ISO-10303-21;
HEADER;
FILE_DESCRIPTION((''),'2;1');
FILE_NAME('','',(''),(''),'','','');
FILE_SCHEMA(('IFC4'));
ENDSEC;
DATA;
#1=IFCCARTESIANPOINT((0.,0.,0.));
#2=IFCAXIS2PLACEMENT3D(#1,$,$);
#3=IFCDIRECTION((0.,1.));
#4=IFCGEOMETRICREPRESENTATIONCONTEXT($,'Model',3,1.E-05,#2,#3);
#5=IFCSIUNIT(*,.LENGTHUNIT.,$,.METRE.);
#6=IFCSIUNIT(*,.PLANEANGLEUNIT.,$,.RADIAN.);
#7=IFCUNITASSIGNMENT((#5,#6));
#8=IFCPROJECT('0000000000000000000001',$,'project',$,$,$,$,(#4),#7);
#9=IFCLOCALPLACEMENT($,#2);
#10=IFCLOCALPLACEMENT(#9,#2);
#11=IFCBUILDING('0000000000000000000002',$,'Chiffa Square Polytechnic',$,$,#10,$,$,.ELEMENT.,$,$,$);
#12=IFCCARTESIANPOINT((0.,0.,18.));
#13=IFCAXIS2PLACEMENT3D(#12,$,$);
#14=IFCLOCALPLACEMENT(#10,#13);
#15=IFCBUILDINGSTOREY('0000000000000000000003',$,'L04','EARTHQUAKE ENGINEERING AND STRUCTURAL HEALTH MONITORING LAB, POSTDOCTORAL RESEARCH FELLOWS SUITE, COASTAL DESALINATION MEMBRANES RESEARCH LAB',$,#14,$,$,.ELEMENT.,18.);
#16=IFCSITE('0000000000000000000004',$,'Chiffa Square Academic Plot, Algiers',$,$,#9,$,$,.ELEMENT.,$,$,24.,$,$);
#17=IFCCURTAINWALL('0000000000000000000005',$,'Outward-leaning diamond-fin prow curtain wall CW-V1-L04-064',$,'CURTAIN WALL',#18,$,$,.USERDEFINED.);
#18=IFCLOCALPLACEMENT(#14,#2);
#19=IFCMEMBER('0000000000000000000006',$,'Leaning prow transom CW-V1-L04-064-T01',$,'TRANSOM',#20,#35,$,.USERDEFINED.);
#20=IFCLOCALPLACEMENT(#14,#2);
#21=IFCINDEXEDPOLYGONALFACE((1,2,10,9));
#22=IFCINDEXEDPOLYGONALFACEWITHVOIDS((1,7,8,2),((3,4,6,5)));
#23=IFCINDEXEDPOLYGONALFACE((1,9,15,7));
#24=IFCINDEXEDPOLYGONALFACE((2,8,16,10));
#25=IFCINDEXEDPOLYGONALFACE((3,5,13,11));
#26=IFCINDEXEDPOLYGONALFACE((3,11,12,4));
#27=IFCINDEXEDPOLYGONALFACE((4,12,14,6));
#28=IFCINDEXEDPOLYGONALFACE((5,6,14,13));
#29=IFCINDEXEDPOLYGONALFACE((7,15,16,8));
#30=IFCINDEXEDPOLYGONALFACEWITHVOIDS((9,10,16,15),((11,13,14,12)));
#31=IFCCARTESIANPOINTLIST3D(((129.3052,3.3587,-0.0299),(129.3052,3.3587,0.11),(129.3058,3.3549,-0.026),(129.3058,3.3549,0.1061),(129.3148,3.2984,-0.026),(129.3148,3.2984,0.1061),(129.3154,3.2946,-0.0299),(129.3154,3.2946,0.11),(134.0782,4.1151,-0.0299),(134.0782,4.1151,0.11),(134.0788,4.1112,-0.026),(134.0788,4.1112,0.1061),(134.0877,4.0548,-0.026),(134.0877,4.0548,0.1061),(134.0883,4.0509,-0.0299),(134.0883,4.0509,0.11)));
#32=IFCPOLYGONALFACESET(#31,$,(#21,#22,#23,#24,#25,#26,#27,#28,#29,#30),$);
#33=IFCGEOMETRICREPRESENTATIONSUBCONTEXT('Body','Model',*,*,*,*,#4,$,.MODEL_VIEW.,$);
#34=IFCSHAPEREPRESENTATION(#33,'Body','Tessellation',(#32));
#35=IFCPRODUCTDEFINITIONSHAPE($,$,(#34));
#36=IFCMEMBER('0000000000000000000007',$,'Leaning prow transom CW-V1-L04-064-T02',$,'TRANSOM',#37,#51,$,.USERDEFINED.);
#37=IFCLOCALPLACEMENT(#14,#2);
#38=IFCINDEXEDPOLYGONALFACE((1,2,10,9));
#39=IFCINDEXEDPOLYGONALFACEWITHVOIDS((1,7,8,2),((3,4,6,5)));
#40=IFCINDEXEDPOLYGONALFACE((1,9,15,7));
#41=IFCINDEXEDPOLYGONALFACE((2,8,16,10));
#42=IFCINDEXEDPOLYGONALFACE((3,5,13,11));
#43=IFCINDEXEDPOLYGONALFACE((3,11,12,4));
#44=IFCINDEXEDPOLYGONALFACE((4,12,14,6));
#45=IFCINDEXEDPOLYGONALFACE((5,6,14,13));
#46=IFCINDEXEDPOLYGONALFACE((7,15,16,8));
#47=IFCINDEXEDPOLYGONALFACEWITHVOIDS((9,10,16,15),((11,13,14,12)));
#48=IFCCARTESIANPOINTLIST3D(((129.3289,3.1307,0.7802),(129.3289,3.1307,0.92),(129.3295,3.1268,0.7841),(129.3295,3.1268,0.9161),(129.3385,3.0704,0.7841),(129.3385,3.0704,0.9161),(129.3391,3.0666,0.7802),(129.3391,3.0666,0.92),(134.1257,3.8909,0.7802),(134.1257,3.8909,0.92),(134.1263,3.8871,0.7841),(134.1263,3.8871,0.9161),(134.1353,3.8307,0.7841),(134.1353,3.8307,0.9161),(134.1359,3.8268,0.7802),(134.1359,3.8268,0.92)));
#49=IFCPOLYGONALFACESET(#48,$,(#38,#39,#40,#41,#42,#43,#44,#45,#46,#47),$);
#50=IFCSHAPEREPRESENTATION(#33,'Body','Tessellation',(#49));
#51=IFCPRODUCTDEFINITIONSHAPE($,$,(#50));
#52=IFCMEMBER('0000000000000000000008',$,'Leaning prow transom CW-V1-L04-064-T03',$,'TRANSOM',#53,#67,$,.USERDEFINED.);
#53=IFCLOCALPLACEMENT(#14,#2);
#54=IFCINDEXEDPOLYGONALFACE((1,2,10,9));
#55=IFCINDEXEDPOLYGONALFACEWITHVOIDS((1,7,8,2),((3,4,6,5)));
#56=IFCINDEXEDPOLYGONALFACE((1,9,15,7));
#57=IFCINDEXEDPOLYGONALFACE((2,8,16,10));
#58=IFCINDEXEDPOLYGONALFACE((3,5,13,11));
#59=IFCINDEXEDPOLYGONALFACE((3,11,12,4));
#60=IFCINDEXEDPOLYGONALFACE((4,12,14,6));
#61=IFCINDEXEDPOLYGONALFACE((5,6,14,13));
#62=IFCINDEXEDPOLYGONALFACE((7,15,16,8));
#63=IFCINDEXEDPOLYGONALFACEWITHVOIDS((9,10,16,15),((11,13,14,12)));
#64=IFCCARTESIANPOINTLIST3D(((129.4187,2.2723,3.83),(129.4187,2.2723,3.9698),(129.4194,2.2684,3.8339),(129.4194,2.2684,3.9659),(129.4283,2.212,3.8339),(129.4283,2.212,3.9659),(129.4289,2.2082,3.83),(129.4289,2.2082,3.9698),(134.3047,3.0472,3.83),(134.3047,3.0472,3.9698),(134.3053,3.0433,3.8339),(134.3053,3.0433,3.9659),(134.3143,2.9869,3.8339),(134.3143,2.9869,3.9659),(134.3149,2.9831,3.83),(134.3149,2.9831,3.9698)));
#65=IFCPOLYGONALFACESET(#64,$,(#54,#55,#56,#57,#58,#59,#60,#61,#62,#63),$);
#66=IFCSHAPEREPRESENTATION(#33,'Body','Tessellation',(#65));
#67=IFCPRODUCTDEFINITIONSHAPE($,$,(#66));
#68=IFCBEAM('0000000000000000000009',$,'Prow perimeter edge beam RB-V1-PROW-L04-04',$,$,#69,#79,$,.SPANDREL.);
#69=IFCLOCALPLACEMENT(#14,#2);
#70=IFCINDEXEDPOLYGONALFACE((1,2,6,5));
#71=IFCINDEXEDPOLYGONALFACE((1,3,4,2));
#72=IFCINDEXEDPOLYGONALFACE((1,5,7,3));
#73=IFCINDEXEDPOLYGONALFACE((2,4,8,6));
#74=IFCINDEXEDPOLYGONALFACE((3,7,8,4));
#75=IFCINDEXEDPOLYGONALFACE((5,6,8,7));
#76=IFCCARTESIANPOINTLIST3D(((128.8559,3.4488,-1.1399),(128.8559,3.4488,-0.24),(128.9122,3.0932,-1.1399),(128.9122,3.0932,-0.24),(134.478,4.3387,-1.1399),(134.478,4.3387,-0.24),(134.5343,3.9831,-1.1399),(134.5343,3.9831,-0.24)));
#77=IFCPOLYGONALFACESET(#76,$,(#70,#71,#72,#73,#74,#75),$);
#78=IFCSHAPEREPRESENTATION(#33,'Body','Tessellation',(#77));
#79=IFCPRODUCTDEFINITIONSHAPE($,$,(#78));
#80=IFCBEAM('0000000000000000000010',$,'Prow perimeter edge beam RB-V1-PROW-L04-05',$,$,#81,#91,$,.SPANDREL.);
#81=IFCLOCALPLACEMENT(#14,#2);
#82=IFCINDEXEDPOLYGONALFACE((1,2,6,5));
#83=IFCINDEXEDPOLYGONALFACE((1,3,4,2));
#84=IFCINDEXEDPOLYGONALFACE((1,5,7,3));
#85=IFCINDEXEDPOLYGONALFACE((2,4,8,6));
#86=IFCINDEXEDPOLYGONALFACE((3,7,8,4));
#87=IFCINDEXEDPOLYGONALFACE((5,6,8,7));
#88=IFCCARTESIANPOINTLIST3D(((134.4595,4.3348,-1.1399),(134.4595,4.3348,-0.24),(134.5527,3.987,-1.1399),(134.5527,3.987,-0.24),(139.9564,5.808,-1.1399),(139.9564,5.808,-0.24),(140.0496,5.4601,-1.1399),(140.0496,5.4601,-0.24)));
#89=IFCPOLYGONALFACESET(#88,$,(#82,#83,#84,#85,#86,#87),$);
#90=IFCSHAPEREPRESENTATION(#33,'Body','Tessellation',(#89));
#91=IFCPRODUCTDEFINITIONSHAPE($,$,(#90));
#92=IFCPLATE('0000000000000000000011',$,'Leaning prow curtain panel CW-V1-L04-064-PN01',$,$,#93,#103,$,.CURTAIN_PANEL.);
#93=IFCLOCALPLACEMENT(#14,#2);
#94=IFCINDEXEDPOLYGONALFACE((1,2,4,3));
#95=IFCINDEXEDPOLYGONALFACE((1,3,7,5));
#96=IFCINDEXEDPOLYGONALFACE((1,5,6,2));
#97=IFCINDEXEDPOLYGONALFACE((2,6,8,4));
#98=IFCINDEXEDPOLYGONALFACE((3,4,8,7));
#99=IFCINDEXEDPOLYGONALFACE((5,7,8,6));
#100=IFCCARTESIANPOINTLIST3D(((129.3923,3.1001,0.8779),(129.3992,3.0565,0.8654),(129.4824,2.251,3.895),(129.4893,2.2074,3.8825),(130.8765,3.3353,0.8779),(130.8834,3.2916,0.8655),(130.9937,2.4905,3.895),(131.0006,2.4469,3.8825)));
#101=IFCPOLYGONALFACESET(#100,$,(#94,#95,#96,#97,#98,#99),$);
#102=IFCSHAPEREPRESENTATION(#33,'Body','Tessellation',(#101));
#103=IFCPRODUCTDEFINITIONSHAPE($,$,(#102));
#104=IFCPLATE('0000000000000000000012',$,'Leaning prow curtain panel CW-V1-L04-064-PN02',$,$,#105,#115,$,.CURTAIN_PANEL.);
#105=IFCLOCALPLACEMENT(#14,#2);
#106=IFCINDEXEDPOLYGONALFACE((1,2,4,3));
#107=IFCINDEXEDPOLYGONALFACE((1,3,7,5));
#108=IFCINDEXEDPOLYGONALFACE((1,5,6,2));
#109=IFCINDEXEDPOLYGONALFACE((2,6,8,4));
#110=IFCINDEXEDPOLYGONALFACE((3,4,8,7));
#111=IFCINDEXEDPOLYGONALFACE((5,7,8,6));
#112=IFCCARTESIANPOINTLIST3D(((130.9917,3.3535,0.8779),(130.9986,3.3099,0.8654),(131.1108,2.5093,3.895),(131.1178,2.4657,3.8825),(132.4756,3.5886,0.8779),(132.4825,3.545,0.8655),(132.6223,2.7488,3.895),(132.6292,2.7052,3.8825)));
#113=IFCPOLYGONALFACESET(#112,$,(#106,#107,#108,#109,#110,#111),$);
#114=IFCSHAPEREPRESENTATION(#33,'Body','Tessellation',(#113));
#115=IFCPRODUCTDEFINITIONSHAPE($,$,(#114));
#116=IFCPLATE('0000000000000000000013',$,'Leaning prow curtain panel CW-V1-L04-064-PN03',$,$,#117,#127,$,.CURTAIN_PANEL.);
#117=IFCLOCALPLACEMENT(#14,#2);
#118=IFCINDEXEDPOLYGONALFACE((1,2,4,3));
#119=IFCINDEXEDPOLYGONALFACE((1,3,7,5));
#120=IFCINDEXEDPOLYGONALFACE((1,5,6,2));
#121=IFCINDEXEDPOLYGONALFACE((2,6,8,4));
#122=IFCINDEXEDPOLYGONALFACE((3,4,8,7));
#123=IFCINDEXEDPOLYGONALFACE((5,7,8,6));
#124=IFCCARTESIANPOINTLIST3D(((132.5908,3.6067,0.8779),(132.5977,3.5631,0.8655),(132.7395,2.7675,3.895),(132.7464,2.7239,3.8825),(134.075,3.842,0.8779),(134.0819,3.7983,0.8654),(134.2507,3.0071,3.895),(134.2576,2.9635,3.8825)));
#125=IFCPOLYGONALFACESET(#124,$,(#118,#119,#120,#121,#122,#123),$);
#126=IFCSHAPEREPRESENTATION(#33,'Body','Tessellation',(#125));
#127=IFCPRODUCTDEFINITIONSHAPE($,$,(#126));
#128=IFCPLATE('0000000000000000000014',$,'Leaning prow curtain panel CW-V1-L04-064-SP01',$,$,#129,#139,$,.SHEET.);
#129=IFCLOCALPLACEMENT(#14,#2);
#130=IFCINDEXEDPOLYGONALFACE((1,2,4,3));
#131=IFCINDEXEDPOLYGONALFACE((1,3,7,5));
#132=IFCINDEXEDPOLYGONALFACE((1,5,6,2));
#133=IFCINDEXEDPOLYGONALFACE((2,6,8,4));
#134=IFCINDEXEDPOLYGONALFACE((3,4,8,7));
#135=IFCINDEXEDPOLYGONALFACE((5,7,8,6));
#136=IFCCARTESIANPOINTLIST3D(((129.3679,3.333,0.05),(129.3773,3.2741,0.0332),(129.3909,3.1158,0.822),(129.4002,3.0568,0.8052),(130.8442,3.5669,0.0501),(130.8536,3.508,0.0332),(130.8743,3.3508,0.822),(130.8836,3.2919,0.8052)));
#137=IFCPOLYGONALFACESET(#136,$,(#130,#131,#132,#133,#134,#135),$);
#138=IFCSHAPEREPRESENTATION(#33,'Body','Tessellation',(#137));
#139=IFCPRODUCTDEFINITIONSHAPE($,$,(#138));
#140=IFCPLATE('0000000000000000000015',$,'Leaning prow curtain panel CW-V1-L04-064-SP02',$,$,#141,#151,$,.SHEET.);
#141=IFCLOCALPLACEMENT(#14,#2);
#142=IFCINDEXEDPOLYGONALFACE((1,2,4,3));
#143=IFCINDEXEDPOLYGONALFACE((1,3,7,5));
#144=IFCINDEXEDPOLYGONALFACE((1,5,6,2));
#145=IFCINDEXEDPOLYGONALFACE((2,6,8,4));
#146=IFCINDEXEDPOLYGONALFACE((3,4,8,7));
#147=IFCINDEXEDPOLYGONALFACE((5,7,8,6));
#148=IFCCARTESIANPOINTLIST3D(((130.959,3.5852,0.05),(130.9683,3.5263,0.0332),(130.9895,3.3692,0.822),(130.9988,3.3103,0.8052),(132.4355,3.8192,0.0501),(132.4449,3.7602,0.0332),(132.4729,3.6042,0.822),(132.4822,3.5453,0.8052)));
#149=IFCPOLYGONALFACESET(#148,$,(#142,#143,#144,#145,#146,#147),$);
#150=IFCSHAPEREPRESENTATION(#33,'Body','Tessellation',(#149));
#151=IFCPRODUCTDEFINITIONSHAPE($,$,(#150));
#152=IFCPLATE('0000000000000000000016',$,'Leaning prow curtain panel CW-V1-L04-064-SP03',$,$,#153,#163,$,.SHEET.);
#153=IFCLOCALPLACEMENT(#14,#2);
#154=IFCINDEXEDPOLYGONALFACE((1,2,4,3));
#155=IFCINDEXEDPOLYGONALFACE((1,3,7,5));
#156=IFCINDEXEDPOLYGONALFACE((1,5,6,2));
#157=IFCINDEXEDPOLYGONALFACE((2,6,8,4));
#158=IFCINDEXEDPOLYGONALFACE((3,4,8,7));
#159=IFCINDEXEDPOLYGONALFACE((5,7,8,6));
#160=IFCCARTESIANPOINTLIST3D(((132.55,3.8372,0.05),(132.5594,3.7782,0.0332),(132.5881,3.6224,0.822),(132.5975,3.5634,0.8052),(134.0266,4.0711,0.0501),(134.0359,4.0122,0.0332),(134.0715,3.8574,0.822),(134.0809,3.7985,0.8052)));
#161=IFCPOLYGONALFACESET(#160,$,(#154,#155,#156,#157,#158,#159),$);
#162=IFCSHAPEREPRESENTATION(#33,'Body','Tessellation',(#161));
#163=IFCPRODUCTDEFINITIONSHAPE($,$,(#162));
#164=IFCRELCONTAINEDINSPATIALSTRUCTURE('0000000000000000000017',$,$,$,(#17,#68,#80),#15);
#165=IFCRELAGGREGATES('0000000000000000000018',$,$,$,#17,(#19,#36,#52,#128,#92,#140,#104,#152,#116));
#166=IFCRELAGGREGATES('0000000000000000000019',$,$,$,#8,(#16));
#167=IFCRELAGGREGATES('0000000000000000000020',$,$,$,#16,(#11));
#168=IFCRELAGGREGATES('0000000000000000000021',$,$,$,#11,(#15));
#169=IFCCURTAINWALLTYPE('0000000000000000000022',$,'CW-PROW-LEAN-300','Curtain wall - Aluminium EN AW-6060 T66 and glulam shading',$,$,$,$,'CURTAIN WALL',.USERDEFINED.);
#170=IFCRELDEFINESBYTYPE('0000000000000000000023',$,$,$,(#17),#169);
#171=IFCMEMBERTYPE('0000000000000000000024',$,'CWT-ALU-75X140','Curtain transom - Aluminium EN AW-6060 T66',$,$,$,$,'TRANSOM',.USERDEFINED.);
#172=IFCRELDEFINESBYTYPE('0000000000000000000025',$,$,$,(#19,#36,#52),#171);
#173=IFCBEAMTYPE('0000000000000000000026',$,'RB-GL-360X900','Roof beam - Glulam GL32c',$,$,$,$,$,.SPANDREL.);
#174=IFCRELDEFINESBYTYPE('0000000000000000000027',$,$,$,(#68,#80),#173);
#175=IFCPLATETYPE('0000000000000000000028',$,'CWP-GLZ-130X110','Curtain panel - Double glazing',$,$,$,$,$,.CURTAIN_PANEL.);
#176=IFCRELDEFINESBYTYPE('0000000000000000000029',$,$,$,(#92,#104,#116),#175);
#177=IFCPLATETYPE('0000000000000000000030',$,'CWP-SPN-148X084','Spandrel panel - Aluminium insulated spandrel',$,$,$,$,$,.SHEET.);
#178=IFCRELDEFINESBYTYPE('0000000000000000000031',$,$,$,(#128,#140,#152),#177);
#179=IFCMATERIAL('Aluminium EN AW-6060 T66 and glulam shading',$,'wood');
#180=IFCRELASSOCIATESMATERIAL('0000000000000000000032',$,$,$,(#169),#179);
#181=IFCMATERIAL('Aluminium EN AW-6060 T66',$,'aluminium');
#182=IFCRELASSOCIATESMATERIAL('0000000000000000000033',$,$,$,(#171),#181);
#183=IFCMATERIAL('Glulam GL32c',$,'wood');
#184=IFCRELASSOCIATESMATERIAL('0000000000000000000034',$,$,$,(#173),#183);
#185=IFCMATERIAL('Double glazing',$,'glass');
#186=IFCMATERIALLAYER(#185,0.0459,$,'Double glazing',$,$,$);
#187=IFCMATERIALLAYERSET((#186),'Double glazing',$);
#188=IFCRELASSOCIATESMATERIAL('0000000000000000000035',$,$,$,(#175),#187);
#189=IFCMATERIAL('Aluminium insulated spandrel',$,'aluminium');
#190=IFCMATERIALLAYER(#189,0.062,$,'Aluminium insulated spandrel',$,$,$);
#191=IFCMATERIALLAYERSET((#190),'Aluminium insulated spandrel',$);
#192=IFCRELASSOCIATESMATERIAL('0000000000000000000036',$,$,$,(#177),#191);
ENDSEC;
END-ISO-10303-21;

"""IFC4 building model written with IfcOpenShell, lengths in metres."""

from ifc_helpers import new_model, si_unit, direction, frame, origin, origin_2d, place, context, subcontext, project, spatial, polyline, rectangle, hollow_rectangle, outline, extrude, material, layer, layer_set, material_profile, profile_set, type_object, element, aggregate, save


model = new_model("IFC4")

# Units and contexts
model_context = context("Model", 3, precision=1e-05, world=origin(), true_north=direction((0.0, 1.0)))
body_context = subcontext(model_context, "Body", "Model", "MODEL_VIEW")
ifc_project = project(units=[si_unit("LENGTHUNIT", "METRE"), si_unit("PLANEANGLEUNIT", "RADIAN")], contexts=[model_context])

# Site, building, storey
site_placement = place(None, origin())
site = spatial("IfcSite", under=ifc_project, at=site_placement, Name="Chiffa Square Academic Plot, Algiers", CompositionType="ELEMENT", RefElevation=24.0)
building_placement = place(site_placement, origin())
building = spatial("IfcBuilding", under=site, at=building_placement, Name="Chiffa Square Polytechnic", CompositionType="ELEMENT")
storey_placement = place(building_placement, frame((0.0, 0.0, 18.0)))
storey = spatial("IfcBuildingStorey", under=building, at=storey_placement, Name="L04", Description="EARTHQUAKE ENGINEERING AND STRUCTURAL HEALTH MONITORING LAB, POSTDOCTORAL RESEARCH FELLOWS SUITE, COASTAL DESALINATION MEMBRANES RESEARCH LAB", CompositionType="ELEMENT", Elevation=18.0)

# Shared definitions
ifc_material_1 = material(Name="Glulam GL32c", Category="wood")

# Shared definitions
ifc_material_2 = material(Name="Aluminium EN AW-6060 T66 and glulam shading", Category="wood")
ifc_material_3 = material(Name="Aluminium EN AW-6060 T66", Category="aluminium")

# Curtain wall, members
curtain_wall_type_1 = type_object("IfcCurtainWallType", Name="CW-PROW-LEAN-300", Description="Curtain wall - Aluminium EN AW-6060 T66 and glulam shading", ElementType="CURTAIN WALL", PredefinedType="USERDEFINED", material=ifc_material_2)
curtain_wall_1_placement = place(storey_placement, origin())
curtain_wall_1 = element("IfcCurtainWall", 1, at=curtain_wall_1_placement, inside=storey, type_object=curtain_wall_type_1, Name="Outward-leaning diamond-fin prow curtain wall CW-V1-L04-064", ObjectType="CURTAIN WALL", PredefinedType="USERDEFINED")
ifc_material_profile_1 = material_profile(ifc_material_3, hollow_rectangle(XDim=0.0649, YDim=0.1399, WallThickness=0.0039, at=origin_2d()), Name="ALU 65x140x4")
ifc_profile_set_1 = profile_set([ifc_material_profile_1], Name="Aluminium EN AW-6060 T66")
member_type_1 = type_object("IfcMemberType", Name="CWT-ALU-75X140", Description="Curtain transom - Aluminium EN AW-6060 T66", ElementType="TRANSOM", PredefinedType="USERDEFINED", material=ifc_profile_set_1)
member_1_placement = place(storey_placement, frame((129.3103, 3.3267, 0.04), z_axis=(0.987676, 0.156513, 0.0), x_axis=(-0.156513, 0.987676, 0.0)))
member_1 = element("IfcMember", 2, at=member_1_placement, type_object=member_type_1, Name="Leaning prow transom CW-V1-L04-064-T01", ObjectType="TRANSOM", PredefinedType="USERDEFINED", context=body_context, shape_type="SweptSolid", body=[
    extrude(hollow_rectangle(XDim=0.0649, YDim=0.1399, WallThickness=0.0039, at=origin_2d()), origin(), (0.0, 0.0, 1.0), 4.8325),
])
member_2_placement = place(storey_placement, frame((129.334, 3.0986, 0.8501), z_axis=(0.987672, 0.156536, 0.0), x_axis=(-0.156536, 0.987672, 0.0)))
member_2 = element("IfcMember", 3, at=member_2_placement, type_object=member_type_1, Name="Leaning prow transom CW-V1-L04-064-T02", ObjectType="TRANSOM", PredefinedType="USERDEFINED", context=body_context, shape_type="SweptSolid", body=[
    extrude(hollow_rectangle(XDim=0.0649, YDim=0.1399, WallThickness=0.0039, at=origin_2d()), origin(), (0.0, 0.0, 1.0), 4.8567),
])
member_3_placement = place(storey_placement, frame((129.4238, 2.2402, 3.8999), z_axis=(0.987656, 0.156639, 0.0), x_axis=(-0.156639, 0.987656, 0.0)))
member_3 = element("IfcMember", 4, at=member_3_placement, type_object=member_type_1, Name="Leaning prow transom CW-V1-L04-064-T03", ObjectType="TRANSOM", PredefinedType="USERDEFINED", context=body_context, shape_type="SweptSolid", body=[
    extrude(hollow_rectangle(XDim=0.0649, YDim=0.1399, WallThickness=0.0039, at=origin_2d()), origin(), (0.0, 0.0, 1.0), 4.947),
])

# Beams
ifc_material_profile_2 = material_profile(ifc_material_1, rectangle(XDim=0.3601, YDim=0.8999, at=origin_2d()), Name="GL32c 360x900")
ifc_profile_set_2 = profile_set([ifc_material_profile_2], Name="Glulam GL32c")
beam_type_1 = type_object("IfcBeamType", Name="RB-GL-360X900", Description="Roof beam - Glulam GL32c", PredefinedType="SPANDREL", material=ifc_profile_set_2)
beam_1_placement = place(storey_placement, frame((128.884, 3.271, -0.6899), z_axis=(0.987703, 0.156339, 0.0), x_axis=(-0.156339, 0.987703, 0.0)))
element("IfcBeam", 5, at=beam_1_placement, inside=storey, type_object=beam_type_1, Name="Prow perimeter edge beam RB-V1-PROW-L04-04", PredefinedType="SPANDREL", context=body_context, shape_type="SweptSolid", body=[
    extrude(rectangle(XDim=0.3601, YDim=0.8999, at=origin_2d()), origin(), (0.0, 0.0, 1.0), 5.6921),
])
beam_2_placement = place(storey_placement, frame((134.5061, 4.1609, -0.6899), z_axis=(0.965914, 0.258864, 0.0), x_axis=(-0.258864, 0.965914, 0.0)))
element("IfcBeam", 6, at=beam_2_placement, inside=storey, type_object=beam_type_1, Name="Prow perimeter edge beam RB-V1-PROW-L04-05", PredefinedType="SPANDREL", context=body_context, shape_type="SweptSolid", body=[
    extrude(rectangle(XDim=0.3601, YDim=0.8999, at=origin_2d()), origin(), (0.0, 0.0, 1.0), 5.6909),
])

# Plates
ifc_material_4 = material(Name="Double glazing", Category="glass")
ifc_layer_1 = layer(ifc_material_4, 0.0459, Name="Double glazing")
ifc_layer_set_1 = layer_set([ifc_layer_1], Name="Double glazing")
plate_type_1 = type_object("IfcPlateType", Name="CWP-GLZ-130X110", Description="Curtain panel - Double glazing", PredefinedType="CURTAIN_PANEL", material=ifc_layer_set_1)
plate_1_placement = place(storey_placement, frame((129.3923, 3.1001, 0.8779), z_axis=(-0.150597, 0.950448, 0.271972), x_axis=(0.987679, 0.156493, 0.000009)))
plate_1 = element("IfcPlate", 7, at=plate_1_placement, type_object=plate_type_1, Name="Leaning prow curtain panel CW-V1-L04-064-PN01", PredefinedType="CURTAIN_PANEL", context=body_context, shape_type="SweptSolid", body=[
    extrude(outline(polyline([(0.0, 0.0), (1.5026, 0.0), (1.4862, -3.1353), (-0.0439, -3.1353), (0.0, 0.0)])), origin(), (0.0, 0.0, -1.0), 0.0459),
])
plate_2_placement = place(storey_placement, frame((130.9917, 3.3535, 0.8779), z_axis=(-0.1506, 0.950468, 0.271902), x_axis=(0.987679, 0.156495, 0.000002)))
plate_2 = element("IfcPlate", 8, at=plate_2_placement, type_object=plate_type_1, Name="Leaning prow curtain panel CW-V1-L04-064-PN02", PredefinedType="CURTAIN_PANEL", context=body_context, shape_type="SweptSolid", body=[
    extrude(outline(polyline([(0.0, 0.0), (1.5024, 0.0), (1.5159, -3.1352), (-0.0144, -3.1352), (0.0, 0.0)])), origin(), (0.0, 0.0, -1.0), 0.0459),
])
plate_3_placement = place(storey_placement, frame((132.5908, 3.6067, 0.8779), z_axis=(-0.15068, 0.950485, 0.271797), x_axis=(0.987666, 0.156578, -0.000013)))
plate_3 = element("IfcPlate", 9, at=plate_3_placement, type_object=plate_type_1, Name="Leaning prow curtain panel CW-V1-L04-064-PN03", PredefinedType="CURTAIN_PANEL", context=body_context, shape_type="SweptSolid", body=[
    extrude(outline(polyline([(0.0, 0.0), (1.5027, 0.0), (1.5455, -3.1351), (0.0154, -3.1351), (0.0, 0.0)])), origin(), (0.0, 0.0, -1.0), 0.0459),
])
ifc_material_5 = material(Name="Aluminium insulated spandrel", Category="aluminium")
ifc_layer_2 = layer(ifc_material_5, 0.062, Name="Aluminium insulated spandrel")
ifc_layer_set_2 = layer_set([ifc_layer_2], Name="Aluminium insulated spandrel")
plate_type_2 = type_object("IfcPlateType", Name="CWP-SPN-148X084", Description="Spandrel panel - Aluminium insulated spandrel", PredefinedType="SHEET", material=ifc_layer_set_2)
plate_4_placement = place(storey_placement, frame((129.3679, 3.333, 0.05), z_axis=(-0.150608, 0.950456, 0.271939), x_axis=(0.987677, 0.156504, 0.000009)))
plate_4 = element("IfcPlate", 10, at=plate_4_placement, type_object=plate_type_2, Name="Leaning prow curtain panel CW-V1-L04-064-SP01", PredefinedType="SHEET", context=body_context, shape_type="SweptSolid", body=[
    extrude(outline(polyline([(0.0, 0.0), (1.4947, 0.0), (1.4906, -0.8022), (-0.0113, -0.8022), (0.0, 0.0)])), origin(), (0.0, 0.0, -1.0), 0.062),
])
plate_5_placement = place(storey_placement, frame((130.959, 3.5852, 0.05), z_axis=(-0.150598, 0.950471, 0.271892), x_axis=(0.987679, 0.156491, 0.000012)))
plate_5 = element("IfcPlate", 11, at=plate_5_placement, type_object=plate_type_2, Name="Leaning prow curtain panel CW-V1-L04-064-SP02", PredefinedType="SHEET", context=body_context, shape_type="SweptSolid", body=[
    extrude(outline(polyline([(0.0, 0.0), (1.495, 0.0), (1.4983, -0.8022), (-0.0037, -0.8022), (0.0, 0.0)])), origin(), (0.0, 0.0, -1.0), 0.062),
])
plate_6_placement = place(storey_placement, frame((132.55, 3.8372, 0.05), z_axis=(-0.150599, 0.950478, 0.271868), x_axis=(0.987679, 0.156491, 0.000012)))
plate_6 = element("IfcPlate", 12, at=plate_6_placement, type_object=plate_type_2, Name="Leaning prow curtain panel CW-V1-L04-064-SP03", PredefinedType="SHEET", context=body_context, shape_type="SweptSolid", body=[
    extrude(outline(polyline([(0.0, 0.0), (1.495, 0.0), (1.5059, -0.8022), (0.004, -0.8022), (0.0, 0.0)])), origin(), (0.0, 0.0, -1.0), 0.062),
])
aggregate(curtain_wall_1, [member_1, member_2, member_3, plate_4, plate_1, plate_5, plate_2, plate_6, plate_3])

save(model, "model.ifc")
